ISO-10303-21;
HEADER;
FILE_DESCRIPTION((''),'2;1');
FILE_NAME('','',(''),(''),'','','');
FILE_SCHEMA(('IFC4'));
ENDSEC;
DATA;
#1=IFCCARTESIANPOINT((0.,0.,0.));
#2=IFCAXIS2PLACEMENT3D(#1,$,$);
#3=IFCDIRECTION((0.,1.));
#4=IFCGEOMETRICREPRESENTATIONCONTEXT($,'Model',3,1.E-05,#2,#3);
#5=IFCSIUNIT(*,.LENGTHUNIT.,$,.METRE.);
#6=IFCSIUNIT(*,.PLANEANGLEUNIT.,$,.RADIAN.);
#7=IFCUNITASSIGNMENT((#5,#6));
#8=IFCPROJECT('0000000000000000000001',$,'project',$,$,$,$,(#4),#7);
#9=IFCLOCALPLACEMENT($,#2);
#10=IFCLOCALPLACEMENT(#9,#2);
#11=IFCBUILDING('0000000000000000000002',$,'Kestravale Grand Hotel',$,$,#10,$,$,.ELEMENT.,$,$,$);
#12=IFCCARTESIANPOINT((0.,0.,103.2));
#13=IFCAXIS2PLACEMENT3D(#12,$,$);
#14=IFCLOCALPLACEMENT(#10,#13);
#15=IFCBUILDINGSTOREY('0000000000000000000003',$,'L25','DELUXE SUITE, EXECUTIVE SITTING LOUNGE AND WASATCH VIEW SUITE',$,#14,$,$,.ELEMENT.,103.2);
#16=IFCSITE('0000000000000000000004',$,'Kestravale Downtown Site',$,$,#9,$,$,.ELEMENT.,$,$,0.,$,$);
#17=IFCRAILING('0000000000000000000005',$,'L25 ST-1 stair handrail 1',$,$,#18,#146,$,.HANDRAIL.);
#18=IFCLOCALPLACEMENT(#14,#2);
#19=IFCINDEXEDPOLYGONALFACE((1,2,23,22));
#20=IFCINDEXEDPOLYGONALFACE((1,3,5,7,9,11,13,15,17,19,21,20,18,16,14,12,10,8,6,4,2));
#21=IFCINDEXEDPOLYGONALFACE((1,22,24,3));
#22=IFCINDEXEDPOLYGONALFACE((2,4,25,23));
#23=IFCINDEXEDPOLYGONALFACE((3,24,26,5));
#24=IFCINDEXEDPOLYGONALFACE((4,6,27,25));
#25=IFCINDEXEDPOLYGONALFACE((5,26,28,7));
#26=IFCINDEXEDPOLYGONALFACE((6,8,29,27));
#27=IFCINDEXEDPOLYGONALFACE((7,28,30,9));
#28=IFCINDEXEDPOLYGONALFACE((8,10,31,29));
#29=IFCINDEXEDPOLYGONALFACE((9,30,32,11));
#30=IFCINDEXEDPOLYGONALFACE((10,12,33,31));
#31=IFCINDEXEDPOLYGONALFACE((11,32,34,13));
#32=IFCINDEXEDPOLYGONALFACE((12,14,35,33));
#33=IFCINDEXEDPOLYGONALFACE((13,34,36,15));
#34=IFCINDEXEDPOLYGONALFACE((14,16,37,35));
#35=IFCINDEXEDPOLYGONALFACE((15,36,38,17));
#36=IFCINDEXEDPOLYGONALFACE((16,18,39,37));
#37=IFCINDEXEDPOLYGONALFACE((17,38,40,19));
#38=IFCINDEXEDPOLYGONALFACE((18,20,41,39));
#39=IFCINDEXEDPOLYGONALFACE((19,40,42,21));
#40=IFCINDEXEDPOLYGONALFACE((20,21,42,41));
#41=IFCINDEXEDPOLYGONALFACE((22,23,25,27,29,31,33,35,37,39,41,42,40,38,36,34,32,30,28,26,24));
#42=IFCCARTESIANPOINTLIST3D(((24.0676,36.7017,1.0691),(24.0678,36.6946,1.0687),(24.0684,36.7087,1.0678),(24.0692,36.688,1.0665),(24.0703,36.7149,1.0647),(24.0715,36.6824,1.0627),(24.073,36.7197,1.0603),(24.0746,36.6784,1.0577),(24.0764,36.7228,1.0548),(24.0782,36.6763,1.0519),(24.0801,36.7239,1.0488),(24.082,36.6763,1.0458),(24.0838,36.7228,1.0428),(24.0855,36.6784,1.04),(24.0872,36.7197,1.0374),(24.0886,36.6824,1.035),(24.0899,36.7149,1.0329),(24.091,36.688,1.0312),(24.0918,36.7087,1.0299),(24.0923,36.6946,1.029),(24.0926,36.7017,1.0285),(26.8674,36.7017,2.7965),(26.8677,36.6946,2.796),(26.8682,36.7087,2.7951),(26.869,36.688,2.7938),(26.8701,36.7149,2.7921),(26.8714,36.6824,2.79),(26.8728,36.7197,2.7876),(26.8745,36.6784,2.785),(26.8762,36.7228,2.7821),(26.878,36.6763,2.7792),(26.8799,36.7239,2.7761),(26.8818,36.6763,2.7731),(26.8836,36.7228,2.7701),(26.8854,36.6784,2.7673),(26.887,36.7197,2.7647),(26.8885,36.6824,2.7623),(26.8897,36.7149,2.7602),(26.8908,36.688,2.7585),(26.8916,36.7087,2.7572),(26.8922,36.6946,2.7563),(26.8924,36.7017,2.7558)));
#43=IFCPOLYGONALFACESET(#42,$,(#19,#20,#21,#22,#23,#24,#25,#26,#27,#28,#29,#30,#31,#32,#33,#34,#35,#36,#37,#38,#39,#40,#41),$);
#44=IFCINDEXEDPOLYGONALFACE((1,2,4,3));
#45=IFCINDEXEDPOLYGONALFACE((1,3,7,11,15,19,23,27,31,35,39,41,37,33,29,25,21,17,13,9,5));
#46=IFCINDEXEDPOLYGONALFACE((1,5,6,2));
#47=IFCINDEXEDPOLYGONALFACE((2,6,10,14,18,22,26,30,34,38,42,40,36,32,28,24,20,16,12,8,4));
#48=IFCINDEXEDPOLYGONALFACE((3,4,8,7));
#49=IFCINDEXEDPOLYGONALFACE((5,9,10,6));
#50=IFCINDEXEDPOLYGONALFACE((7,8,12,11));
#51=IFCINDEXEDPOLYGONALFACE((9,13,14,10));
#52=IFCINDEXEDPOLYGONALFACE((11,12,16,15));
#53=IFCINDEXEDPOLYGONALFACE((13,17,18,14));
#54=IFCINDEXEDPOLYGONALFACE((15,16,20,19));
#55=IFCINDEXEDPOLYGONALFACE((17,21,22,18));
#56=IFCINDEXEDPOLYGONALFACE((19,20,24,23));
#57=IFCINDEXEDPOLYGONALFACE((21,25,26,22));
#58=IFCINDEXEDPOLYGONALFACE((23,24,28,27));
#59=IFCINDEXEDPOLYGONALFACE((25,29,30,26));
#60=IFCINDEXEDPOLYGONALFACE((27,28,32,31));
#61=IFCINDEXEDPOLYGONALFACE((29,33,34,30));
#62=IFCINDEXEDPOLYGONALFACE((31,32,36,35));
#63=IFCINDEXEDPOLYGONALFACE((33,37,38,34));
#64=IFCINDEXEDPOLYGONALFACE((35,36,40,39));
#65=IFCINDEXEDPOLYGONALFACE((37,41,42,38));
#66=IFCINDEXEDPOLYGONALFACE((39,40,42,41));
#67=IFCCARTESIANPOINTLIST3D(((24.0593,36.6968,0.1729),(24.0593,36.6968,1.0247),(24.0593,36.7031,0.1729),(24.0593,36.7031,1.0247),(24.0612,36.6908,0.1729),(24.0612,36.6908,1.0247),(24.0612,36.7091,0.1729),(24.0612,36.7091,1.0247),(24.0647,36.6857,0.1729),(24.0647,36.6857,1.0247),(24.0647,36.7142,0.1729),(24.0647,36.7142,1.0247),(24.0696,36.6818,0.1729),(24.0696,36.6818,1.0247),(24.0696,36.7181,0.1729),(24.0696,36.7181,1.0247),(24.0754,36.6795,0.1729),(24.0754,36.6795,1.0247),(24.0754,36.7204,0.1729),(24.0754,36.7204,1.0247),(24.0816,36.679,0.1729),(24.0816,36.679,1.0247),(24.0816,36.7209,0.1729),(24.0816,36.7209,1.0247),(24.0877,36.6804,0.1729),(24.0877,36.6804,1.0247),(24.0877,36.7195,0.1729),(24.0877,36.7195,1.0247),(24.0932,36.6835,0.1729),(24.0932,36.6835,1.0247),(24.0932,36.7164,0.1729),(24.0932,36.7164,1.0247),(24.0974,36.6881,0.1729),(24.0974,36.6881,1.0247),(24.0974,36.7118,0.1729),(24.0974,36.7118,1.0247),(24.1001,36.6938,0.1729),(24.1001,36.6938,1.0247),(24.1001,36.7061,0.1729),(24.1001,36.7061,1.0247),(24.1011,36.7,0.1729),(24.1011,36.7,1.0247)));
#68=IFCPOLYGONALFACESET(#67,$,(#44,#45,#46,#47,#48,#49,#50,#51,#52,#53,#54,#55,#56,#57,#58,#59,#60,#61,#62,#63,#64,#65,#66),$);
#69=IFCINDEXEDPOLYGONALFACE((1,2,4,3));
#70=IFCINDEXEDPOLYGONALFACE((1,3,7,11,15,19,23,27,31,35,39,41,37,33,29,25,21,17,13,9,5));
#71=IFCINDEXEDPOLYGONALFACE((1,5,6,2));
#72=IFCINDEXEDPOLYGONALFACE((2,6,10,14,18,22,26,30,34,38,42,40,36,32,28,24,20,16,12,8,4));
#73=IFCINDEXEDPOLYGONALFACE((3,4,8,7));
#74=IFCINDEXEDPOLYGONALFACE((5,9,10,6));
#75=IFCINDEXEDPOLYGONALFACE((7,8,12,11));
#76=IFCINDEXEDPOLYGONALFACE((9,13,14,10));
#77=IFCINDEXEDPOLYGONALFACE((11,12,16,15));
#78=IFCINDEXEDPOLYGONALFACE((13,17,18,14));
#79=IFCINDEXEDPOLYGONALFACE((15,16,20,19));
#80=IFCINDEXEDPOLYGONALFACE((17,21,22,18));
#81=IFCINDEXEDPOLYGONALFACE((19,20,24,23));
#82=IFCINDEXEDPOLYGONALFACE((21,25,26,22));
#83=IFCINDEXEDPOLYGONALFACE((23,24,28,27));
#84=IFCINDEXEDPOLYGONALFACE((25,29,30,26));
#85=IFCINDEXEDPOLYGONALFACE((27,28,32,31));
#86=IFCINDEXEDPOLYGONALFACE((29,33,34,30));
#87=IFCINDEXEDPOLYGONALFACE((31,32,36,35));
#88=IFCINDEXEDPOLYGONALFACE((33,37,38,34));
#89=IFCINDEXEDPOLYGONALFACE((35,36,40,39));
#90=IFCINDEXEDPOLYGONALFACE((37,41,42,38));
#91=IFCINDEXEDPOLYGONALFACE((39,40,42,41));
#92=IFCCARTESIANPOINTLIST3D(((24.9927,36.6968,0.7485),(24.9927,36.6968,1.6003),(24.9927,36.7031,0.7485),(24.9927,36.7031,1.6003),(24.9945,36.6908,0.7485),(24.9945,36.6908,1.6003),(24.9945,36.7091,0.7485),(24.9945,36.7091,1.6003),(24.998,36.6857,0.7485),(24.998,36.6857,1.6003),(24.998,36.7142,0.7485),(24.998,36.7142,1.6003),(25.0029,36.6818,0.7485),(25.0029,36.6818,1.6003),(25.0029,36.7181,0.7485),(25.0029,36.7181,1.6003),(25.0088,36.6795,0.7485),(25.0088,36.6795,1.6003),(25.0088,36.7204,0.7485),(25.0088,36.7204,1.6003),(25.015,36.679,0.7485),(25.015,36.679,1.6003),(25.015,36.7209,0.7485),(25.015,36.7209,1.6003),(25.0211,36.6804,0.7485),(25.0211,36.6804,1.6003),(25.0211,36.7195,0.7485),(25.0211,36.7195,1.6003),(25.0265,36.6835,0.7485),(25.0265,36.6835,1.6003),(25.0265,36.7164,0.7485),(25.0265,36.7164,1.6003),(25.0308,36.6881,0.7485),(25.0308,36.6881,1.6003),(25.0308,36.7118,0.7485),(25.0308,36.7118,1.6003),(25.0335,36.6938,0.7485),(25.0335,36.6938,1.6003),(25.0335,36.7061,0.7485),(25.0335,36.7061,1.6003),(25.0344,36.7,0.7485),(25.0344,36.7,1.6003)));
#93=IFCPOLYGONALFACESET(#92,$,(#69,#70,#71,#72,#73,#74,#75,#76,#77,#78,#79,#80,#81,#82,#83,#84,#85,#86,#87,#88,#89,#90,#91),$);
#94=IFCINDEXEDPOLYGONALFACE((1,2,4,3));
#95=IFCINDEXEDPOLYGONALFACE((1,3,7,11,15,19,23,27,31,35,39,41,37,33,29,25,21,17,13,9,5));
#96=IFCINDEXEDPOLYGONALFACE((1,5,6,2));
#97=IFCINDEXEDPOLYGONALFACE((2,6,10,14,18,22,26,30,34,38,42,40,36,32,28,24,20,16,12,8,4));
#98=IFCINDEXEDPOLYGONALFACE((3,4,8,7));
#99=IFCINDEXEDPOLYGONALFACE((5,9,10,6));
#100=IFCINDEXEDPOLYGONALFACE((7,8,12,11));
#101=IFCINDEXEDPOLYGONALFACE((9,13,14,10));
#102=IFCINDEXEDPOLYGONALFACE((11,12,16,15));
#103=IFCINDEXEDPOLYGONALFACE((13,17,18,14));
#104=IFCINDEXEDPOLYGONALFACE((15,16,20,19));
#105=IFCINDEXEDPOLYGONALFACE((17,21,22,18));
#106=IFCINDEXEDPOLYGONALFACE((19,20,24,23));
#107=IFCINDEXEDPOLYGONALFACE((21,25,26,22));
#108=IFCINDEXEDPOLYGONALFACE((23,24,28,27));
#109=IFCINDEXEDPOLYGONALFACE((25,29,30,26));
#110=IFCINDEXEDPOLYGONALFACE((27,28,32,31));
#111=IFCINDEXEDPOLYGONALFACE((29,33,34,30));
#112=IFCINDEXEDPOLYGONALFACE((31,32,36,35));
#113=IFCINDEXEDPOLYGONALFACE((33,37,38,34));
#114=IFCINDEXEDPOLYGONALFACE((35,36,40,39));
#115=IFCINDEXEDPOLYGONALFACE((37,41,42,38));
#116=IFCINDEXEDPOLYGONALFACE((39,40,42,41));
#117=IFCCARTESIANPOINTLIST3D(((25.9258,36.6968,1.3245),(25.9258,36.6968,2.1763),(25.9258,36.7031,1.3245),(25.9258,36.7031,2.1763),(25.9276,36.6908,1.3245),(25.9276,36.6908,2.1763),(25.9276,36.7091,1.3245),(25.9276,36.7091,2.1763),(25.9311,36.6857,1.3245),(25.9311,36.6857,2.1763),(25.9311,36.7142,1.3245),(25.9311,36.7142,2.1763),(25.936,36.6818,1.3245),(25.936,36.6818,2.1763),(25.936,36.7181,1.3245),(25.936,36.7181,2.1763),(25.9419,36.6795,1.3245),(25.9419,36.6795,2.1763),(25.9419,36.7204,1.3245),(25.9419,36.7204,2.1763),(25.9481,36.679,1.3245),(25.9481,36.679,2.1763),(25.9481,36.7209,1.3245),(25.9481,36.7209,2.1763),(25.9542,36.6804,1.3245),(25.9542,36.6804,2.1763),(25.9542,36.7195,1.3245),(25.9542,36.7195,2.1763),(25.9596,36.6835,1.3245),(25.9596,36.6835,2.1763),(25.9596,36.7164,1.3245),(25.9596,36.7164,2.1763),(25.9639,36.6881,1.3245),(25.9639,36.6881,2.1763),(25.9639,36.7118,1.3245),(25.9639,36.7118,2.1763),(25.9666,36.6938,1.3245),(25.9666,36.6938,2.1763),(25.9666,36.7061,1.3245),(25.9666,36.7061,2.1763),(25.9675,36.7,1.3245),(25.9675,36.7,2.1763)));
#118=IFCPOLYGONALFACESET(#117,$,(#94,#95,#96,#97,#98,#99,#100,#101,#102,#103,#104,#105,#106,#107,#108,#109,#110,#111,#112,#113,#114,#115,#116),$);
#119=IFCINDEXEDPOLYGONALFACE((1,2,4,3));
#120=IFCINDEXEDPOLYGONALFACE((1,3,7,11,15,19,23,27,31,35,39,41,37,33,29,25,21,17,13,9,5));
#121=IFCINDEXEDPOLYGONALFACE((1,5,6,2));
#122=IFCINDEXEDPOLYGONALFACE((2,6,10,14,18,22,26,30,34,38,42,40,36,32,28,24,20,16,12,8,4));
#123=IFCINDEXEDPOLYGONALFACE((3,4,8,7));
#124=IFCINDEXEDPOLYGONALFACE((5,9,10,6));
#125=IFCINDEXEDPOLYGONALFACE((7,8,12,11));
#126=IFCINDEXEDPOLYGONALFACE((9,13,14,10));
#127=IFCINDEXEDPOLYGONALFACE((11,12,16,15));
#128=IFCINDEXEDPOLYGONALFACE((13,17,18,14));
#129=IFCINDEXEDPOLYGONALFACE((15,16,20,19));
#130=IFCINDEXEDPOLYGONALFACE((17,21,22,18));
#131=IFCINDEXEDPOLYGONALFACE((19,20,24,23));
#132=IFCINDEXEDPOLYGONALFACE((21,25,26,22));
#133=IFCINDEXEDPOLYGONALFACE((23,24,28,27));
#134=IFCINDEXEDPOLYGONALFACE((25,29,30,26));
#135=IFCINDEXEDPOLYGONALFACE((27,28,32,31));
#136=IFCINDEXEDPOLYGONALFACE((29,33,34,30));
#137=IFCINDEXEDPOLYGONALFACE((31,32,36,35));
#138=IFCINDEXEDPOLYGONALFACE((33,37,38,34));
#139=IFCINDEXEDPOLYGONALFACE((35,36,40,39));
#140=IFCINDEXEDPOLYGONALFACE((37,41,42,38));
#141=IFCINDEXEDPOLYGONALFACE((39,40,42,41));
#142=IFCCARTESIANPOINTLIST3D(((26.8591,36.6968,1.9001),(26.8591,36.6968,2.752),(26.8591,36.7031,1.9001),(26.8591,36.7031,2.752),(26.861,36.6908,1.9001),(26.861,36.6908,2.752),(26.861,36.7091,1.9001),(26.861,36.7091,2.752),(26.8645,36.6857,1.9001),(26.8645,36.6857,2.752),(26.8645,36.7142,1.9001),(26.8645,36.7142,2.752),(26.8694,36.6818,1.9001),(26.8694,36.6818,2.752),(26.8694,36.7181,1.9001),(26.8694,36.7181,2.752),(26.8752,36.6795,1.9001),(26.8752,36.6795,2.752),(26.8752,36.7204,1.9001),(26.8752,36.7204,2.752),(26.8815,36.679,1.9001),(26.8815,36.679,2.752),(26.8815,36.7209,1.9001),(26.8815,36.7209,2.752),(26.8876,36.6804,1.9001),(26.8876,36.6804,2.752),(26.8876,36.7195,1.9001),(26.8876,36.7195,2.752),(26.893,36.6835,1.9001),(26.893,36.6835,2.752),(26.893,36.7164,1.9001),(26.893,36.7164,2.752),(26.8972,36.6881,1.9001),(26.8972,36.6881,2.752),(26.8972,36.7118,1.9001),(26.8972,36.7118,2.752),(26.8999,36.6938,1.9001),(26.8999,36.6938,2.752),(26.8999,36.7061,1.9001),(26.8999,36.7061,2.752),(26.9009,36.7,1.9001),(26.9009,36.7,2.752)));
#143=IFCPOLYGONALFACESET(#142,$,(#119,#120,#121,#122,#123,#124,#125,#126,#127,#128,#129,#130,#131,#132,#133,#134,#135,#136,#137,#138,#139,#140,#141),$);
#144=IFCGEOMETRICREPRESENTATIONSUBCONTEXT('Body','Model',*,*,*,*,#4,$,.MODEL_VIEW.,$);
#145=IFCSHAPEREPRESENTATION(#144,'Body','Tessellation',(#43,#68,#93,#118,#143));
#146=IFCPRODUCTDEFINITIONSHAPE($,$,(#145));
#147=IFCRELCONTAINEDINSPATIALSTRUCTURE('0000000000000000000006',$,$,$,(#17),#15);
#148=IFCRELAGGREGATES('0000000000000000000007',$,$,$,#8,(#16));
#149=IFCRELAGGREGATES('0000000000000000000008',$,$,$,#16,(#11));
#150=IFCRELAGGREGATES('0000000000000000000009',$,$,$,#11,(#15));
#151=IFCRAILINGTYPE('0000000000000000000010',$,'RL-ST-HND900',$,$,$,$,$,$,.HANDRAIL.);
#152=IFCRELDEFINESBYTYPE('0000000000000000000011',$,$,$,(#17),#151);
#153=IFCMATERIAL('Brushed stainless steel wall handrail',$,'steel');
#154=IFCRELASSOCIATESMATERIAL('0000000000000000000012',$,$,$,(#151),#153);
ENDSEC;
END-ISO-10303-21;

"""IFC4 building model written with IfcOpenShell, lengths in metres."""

from ifc_helpers import new_model, si_unit, direction, frame, origin, origin_2d, place, context, subcontext, project, spatial, circle, extrude, material, type_object, element, save


model = new_model("IFC4")

# Units and contexts
model_context = context("Model", 3, precision=1e-05, world=origin(), true_north=direction((0.0, 1.0)))
body_context = subcontext(model_context, "Body", "Model", "MODEL_VIEW")
ifc_project = project(units=[si_unit("LENGTHUNIT", "METRE"), si_unit("PLANEANGLEUNIT", "RADIAN")], contexts=[model_context])

# Site, building, storey
site_placement = place(None, origin())
site = spatial("IfcSite", under=ifc_project, at=site_placement, Name="Kestravale Downtown Site", CompositionType="ELEMENT", RefElevation=0.0)
building_placement = place(site_placement, origin())
building = spatial("IfcBuilding", under=site, at=building_placement, Name="Kestravale Grand Hotel", CompositionType="ELEMENT")
storey_placement = place(building_placement, frame((0.0, 0.0, 103.2)))
storey = spatial("IfcBuildingStorey", under=building, at=storey_placement, Name="L25", Description="DELUXE SUITE, EXECUTIVE SITTING LOUNGE AND WASATCH VIEW SUITE", CompositionType="ELEMENT", Elevation=103.2)

# Railing
ifc_material_1 = material(Name="Brushed stainless steel wall handrail", Category="steel")
railing_type_1 = type_object("IfcRailingType", Name="RL-ST-HND900", PredefinedType="HANDRAIL", material=ifc_material_1)
railing_1_placement = place(storey_placement, frame((24.0801, 36.7, 0.1729)))
element("IfcRailing", 1, at=railing_1_placement, inside=storey, type_object=railing_type_1, Name="L25 ST-1 stair handrail 1", PredefinedType="HANDRAIL", context=body_context, shape_type="SweptSolid", body=[
    extrude(circle(Radius=0.0239, at=origin_2d()), frame((0.0, 0.0, 0.876), z_axis=(0.851069, 0.0, 0.525054), x_axis=(0.0, 1.0, 0.0)), (0.0, 0.0, 1.0), 3.2898),
    extrude(circle(Radius=0.021, at=origin_2d()), origin(), (0.0, 0.0, 1.0), 0.8518),
    extrude(circle(Radius=0.021, at=origin_2d()), frame((0.9333, 0.0, 0.5757)), (0.0, 0.0, 1.0), 0.8518),
    extrude(circle(Radius=0.021, at=origin_2d()), frame((1.8665, 0.0, 1.1516)), (0.0, 0.0, 1.0), 0.8518),
    extrude(circle(Radius=0.021, at=origin_2d()), frame((2.7998, 0.0, 1.7273)), (0.0, 0.0, 1.0), 0.8518),
])

save(model, "model.ifc")
